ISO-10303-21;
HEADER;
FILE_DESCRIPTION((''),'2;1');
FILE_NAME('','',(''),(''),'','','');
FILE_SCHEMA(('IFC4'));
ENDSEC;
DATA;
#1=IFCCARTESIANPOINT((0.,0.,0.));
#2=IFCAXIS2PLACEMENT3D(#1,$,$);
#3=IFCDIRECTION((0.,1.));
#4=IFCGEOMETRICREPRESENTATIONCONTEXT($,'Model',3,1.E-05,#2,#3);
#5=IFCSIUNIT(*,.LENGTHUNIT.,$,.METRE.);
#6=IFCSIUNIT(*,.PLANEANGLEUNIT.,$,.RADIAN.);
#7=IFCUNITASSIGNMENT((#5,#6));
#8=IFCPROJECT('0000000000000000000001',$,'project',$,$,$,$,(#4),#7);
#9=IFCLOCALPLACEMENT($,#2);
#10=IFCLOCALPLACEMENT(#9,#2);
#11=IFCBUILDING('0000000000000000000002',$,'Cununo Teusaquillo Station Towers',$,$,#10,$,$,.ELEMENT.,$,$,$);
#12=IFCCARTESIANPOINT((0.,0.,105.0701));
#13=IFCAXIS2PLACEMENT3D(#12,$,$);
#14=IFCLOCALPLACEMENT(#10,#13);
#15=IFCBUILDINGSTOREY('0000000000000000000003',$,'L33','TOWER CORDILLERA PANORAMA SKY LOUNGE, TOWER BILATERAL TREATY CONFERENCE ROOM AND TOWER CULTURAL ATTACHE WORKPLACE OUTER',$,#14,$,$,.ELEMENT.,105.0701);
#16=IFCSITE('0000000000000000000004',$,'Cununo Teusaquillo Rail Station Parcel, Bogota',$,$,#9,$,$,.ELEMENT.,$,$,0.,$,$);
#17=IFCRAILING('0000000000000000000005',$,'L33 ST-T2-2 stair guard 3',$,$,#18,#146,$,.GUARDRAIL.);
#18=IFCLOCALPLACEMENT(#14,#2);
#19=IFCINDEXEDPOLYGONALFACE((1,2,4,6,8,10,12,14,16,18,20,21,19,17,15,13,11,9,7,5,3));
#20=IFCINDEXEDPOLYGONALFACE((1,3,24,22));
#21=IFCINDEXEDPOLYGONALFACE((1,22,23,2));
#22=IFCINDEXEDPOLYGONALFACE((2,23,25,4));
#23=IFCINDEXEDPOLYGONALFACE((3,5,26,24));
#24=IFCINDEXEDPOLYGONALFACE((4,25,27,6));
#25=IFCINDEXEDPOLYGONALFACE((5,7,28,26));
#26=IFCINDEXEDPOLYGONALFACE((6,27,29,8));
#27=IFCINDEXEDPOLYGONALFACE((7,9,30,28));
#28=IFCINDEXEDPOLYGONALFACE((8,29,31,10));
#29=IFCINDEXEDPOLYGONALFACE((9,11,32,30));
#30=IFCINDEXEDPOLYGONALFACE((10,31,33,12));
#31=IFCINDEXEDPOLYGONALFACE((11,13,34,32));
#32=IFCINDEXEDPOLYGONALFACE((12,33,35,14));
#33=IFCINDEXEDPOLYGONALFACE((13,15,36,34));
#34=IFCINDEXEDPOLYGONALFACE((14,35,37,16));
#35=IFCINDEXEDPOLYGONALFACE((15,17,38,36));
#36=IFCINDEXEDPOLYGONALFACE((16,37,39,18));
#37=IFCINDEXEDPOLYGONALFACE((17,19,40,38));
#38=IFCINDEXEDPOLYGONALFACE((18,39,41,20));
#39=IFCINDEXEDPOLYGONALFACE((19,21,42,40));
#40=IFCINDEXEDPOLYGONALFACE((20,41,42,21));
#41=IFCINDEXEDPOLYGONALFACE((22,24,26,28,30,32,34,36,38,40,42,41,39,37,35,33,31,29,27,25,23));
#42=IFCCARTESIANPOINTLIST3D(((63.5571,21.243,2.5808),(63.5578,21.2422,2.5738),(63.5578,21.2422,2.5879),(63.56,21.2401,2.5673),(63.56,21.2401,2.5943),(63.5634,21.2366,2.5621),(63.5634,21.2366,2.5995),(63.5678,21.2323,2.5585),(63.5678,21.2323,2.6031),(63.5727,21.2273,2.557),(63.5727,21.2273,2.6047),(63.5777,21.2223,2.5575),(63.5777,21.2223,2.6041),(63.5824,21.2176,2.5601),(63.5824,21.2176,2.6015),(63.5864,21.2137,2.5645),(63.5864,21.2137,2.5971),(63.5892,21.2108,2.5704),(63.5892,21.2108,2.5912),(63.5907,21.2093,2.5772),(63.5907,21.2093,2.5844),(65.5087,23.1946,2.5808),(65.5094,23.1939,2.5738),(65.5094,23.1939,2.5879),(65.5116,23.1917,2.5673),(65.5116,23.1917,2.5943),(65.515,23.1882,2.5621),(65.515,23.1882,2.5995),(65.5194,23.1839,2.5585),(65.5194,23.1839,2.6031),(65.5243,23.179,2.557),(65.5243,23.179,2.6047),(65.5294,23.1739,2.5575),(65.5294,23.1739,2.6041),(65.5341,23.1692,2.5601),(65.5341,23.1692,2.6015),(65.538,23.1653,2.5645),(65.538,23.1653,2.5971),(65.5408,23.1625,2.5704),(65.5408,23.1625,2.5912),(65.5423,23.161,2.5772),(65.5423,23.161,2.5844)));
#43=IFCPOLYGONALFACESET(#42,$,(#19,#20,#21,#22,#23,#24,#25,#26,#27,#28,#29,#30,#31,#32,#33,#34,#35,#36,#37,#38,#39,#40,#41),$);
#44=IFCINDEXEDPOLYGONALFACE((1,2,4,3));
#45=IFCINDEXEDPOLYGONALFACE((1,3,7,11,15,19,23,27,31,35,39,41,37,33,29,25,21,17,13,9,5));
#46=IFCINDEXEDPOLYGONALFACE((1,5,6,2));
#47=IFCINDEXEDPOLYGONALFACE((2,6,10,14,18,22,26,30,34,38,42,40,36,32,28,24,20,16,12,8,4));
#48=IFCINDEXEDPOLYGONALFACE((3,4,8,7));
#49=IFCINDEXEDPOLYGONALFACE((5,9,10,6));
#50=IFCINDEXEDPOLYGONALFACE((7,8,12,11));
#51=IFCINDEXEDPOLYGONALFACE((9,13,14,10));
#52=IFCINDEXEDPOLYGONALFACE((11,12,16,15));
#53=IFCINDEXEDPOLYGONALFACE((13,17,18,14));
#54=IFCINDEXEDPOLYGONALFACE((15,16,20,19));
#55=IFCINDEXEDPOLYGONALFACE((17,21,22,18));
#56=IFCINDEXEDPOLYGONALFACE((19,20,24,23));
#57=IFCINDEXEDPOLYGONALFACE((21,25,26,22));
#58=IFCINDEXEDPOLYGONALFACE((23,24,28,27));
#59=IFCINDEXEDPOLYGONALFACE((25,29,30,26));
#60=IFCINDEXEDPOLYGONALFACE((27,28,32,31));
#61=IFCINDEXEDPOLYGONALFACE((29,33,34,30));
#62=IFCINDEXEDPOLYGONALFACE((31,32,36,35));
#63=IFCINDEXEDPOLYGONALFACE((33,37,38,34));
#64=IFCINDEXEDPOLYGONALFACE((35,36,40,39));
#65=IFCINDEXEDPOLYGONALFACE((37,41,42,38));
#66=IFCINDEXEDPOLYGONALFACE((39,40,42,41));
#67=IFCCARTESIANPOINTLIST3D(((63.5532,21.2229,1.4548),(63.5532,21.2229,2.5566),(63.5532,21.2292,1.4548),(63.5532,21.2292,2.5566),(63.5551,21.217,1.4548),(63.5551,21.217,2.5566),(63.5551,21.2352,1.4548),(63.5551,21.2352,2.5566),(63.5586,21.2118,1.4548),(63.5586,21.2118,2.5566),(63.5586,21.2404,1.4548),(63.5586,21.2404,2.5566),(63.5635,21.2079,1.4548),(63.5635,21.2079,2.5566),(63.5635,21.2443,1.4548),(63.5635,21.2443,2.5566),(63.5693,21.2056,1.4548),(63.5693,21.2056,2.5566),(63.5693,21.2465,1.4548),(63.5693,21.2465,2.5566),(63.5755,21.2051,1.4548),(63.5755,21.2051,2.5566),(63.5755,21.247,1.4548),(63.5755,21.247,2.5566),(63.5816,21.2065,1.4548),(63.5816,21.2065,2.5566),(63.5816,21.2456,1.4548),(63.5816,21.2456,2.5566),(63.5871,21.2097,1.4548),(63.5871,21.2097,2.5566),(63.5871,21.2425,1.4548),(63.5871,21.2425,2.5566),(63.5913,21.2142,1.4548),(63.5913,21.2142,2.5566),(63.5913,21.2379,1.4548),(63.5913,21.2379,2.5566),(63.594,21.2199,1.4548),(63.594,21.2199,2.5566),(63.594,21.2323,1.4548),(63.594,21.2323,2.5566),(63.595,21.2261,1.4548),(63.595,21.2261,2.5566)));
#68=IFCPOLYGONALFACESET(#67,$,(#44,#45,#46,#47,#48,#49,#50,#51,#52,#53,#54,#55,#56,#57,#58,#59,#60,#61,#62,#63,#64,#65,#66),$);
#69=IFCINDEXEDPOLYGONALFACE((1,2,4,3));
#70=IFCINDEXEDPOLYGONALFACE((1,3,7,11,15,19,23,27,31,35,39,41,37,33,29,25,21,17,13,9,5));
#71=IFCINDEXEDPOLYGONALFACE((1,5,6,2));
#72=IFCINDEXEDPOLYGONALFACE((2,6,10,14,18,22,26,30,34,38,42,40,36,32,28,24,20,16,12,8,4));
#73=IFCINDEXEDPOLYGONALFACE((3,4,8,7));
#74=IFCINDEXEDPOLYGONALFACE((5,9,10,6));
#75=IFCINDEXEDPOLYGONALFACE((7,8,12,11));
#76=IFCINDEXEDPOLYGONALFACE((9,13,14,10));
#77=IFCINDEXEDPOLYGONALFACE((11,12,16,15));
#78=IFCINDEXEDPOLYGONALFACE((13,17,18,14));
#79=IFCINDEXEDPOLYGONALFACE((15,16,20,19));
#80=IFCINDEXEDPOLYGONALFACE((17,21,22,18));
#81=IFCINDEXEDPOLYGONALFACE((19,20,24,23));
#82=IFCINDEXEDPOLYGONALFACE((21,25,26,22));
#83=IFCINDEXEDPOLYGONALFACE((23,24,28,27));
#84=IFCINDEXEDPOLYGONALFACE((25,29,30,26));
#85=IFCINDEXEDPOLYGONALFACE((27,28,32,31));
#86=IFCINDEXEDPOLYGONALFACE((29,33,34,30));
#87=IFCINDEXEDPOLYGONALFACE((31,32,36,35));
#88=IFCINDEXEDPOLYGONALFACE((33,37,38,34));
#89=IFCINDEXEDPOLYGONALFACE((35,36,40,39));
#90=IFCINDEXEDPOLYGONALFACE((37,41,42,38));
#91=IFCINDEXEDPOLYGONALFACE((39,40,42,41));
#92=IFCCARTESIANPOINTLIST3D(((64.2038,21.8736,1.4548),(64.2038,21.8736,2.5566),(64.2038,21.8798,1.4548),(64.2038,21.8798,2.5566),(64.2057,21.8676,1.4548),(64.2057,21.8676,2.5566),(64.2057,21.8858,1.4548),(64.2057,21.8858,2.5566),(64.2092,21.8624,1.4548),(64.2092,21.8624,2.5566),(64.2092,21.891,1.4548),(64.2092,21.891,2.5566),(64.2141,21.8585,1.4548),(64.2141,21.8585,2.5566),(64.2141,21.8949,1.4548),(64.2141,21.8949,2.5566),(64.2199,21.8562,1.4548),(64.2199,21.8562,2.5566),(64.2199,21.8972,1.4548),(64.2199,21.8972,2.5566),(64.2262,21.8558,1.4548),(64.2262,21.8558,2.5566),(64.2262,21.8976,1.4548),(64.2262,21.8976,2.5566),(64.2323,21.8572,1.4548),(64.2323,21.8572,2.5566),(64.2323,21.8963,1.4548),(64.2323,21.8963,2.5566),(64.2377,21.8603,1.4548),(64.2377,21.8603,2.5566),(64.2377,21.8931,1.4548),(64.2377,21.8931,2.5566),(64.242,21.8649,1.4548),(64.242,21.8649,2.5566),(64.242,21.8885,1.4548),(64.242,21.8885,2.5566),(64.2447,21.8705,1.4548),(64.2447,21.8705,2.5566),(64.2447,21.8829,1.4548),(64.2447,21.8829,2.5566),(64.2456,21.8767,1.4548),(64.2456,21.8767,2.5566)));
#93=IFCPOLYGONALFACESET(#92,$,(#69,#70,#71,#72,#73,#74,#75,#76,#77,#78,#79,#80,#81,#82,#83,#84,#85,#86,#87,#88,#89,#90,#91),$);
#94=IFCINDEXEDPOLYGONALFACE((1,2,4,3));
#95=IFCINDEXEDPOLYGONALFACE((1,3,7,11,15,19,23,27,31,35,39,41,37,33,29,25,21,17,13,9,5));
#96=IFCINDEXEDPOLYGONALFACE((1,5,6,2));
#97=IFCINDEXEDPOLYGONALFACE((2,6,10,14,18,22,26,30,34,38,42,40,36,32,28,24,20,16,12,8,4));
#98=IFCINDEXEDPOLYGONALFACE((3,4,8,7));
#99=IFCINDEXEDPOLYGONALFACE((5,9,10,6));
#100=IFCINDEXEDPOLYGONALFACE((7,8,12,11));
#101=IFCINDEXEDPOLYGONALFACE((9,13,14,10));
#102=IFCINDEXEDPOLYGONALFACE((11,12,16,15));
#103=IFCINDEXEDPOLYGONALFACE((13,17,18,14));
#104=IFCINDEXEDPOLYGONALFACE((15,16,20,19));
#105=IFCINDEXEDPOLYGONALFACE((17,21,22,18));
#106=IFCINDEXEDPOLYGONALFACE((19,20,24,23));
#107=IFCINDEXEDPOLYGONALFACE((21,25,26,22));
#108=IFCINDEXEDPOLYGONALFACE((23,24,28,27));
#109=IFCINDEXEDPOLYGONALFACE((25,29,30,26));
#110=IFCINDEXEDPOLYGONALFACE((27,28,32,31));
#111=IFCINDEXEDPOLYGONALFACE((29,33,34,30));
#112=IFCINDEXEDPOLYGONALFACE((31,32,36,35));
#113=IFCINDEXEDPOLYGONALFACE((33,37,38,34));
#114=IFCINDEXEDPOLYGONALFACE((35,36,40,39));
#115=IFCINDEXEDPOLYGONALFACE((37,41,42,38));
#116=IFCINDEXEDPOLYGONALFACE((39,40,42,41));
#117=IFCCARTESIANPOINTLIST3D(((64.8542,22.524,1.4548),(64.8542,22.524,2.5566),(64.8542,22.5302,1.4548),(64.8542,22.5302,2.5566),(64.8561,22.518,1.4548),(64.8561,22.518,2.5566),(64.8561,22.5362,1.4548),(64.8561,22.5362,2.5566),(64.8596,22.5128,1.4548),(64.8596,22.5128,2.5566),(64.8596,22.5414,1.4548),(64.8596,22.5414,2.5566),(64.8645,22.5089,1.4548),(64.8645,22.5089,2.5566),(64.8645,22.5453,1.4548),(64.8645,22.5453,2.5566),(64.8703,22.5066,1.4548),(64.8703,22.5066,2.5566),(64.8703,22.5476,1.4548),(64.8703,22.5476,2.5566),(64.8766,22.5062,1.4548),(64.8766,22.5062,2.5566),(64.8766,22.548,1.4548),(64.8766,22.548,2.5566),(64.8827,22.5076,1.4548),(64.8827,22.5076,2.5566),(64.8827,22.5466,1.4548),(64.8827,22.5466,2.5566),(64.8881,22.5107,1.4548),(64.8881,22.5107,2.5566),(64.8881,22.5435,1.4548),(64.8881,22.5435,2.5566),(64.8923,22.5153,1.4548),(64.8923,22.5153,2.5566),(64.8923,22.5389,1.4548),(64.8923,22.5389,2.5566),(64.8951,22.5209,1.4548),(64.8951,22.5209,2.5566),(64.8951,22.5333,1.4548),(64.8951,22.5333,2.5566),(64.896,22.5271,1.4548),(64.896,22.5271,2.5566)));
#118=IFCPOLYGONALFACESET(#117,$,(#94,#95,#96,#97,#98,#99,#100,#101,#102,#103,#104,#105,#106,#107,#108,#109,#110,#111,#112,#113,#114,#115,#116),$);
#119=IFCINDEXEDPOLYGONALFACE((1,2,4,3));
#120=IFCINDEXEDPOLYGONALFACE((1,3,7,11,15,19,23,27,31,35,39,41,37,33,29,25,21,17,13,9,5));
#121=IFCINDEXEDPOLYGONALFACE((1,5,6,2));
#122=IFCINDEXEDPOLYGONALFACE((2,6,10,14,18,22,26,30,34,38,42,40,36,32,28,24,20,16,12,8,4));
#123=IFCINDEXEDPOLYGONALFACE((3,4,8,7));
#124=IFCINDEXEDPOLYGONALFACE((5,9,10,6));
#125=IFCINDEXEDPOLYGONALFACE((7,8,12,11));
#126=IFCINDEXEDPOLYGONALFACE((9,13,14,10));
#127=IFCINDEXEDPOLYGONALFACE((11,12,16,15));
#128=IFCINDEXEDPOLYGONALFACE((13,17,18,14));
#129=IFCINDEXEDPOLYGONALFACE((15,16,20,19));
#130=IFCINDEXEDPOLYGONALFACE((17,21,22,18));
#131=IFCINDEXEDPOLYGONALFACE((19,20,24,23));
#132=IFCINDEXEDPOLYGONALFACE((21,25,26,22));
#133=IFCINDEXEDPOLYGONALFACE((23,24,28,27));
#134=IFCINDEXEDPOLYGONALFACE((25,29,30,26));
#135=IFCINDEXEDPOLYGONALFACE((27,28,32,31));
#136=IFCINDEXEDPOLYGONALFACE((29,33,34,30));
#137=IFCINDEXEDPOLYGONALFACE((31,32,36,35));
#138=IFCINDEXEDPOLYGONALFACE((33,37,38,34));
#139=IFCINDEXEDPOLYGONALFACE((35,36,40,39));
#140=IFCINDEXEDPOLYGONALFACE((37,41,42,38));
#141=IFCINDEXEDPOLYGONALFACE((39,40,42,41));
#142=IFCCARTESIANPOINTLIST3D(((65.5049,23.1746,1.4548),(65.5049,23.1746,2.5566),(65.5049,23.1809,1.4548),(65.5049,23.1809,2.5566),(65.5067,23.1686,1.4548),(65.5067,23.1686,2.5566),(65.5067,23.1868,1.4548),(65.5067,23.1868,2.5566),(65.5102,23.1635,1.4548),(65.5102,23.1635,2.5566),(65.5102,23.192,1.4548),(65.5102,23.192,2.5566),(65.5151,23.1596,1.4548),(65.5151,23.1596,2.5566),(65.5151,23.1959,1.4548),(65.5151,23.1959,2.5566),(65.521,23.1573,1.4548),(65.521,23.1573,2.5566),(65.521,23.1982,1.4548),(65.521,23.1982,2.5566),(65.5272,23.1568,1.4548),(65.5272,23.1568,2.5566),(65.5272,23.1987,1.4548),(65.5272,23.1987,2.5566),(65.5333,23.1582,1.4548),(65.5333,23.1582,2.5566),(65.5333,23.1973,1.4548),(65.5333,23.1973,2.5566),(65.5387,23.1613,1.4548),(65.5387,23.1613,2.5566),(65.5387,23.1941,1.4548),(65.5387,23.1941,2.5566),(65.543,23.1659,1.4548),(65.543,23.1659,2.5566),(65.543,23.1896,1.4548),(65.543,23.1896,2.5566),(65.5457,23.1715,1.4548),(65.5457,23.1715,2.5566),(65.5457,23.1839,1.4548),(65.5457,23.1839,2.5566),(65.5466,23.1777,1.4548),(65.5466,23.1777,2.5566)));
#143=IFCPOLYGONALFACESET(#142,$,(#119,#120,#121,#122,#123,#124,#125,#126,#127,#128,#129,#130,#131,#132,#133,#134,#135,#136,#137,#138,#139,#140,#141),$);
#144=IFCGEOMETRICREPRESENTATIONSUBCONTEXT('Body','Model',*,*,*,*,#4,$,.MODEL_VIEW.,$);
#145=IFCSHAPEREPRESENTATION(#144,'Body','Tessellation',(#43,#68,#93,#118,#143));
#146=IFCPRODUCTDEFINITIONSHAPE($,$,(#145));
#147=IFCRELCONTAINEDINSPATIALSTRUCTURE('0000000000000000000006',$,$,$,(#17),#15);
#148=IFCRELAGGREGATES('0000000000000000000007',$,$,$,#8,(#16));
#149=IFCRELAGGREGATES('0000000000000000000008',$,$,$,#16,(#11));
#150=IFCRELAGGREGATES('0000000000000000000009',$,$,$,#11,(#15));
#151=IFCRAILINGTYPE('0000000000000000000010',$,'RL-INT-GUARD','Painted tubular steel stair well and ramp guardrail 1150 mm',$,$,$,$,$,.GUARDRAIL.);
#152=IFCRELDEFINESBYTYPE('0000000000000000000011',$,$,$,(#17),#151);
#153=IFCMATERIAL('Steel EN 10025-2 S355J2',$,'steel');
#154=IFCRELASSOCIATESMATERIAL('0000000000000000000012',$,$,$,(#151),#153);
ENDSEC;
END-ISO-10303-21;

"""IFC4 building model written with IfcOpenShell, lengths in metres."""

from ifc_helpers import new_model, si_unit, direction, frame, origin, origin_2d, place, context, subcontext, project, spatial, circle, extrude, material, type_object, element, save


model = new_model("IFC4")

# Units and contexts
model_context = context("Model", 3, precision=1e-05, world=origin(), true_north=direction((0.0, 1.0)))
body_context = subcontext(model_context, "Body", "Model", "MODEL_VIEW")
ifc_project = project(units=[si_unit("LENGTHUNIT", "METRE"), si_unit("PLANEANGLEUNIT", "RADIAN")], contexts=[model_context])

# Site, building, storey
site_placement = place(None, origin())
site = spatial("IfcSite", under=ifc_project, at=site_placement, Name="Cununo Teusaquillo Rail Station Parcel, Bogota", CompositionType="ELEMENT", RefElevation=0.0)
building_placement = place(site_placement, origin())
building = spatial("IfcBuilding", under=site, at=building_placement, Name="Cununo Teusaquillo Station Towers", CompositionType="ELEMENT")
storey_placement = place(building_placement, frame((0.0, 0.0, 105.0701)))
storey = spatial("IfcBuildingStorey", under=building, at=storey_placement, Name="L33", Description="TOWER CORDILLERA PANORAMA SKY LOUNGE, TOWER BILATERAL TREATY CONFERENCE ROOM AND TOWER CULTURAL ATTACHE WORKPLACE OUTER", CompositionType="ELEMENT", Elevation=105.0701)

# Railing
ifc_material_1 = material(Name="Steel EN 10025-2 S355J2", Category="steel")
railing_type = type_object("IfcRailingType", Name="RL-INT-GUARD", Description="Painted tubular steel stair well and ramp guardrail 1150 mm", PredefinedType="GUARDRAIL", material=ifc_material_1)
railing_1_placement = place(storey_placement, frame((63.574, 21.2261, 1.4548)))
element("IfcRailing", 1, at=railing_1_placement, inside=storey, type_object=railing_type, Name="L33 ST-T2-2 stair guard 3", PredefinedType="GUARDRAIL", context=body_context, shape_type="SweptSolid", body=[
    extrude(circle(Radius=0.0239, at=origin_2d()), frame((0.0, 0.0, 1.126), z_axis=(0.707107, 0.707107, 0.0), x_axis=(-0.707107, 0.707107, 0.0)), (0.0, 0.0, 1.0), 2.76),
    extrude(circle(Radius=0.021, at=origin_2d()), origin(), (0.0, 0.0, 1.0), 1.1018),
    extrude(circle(Radius=0.021, at=origin_2d()), frame((0.6506, 0.6506, 0.0)), (0.0, 0.0, 1.0), 1.1018),
    extrude(circle(Radius=0.021, at=origin_2d()), frame((1.301, 1.301, 0.0)), (0.0, 0.0, 1.0), 1.1018),
    extrude(circle(Radius=0.021, at=origin_2d()), frame((1.9517, 1.9517, 0.0)), (0.0, 0.0, 1.0), 1.1018),
])

save(model, "model.ifc")
